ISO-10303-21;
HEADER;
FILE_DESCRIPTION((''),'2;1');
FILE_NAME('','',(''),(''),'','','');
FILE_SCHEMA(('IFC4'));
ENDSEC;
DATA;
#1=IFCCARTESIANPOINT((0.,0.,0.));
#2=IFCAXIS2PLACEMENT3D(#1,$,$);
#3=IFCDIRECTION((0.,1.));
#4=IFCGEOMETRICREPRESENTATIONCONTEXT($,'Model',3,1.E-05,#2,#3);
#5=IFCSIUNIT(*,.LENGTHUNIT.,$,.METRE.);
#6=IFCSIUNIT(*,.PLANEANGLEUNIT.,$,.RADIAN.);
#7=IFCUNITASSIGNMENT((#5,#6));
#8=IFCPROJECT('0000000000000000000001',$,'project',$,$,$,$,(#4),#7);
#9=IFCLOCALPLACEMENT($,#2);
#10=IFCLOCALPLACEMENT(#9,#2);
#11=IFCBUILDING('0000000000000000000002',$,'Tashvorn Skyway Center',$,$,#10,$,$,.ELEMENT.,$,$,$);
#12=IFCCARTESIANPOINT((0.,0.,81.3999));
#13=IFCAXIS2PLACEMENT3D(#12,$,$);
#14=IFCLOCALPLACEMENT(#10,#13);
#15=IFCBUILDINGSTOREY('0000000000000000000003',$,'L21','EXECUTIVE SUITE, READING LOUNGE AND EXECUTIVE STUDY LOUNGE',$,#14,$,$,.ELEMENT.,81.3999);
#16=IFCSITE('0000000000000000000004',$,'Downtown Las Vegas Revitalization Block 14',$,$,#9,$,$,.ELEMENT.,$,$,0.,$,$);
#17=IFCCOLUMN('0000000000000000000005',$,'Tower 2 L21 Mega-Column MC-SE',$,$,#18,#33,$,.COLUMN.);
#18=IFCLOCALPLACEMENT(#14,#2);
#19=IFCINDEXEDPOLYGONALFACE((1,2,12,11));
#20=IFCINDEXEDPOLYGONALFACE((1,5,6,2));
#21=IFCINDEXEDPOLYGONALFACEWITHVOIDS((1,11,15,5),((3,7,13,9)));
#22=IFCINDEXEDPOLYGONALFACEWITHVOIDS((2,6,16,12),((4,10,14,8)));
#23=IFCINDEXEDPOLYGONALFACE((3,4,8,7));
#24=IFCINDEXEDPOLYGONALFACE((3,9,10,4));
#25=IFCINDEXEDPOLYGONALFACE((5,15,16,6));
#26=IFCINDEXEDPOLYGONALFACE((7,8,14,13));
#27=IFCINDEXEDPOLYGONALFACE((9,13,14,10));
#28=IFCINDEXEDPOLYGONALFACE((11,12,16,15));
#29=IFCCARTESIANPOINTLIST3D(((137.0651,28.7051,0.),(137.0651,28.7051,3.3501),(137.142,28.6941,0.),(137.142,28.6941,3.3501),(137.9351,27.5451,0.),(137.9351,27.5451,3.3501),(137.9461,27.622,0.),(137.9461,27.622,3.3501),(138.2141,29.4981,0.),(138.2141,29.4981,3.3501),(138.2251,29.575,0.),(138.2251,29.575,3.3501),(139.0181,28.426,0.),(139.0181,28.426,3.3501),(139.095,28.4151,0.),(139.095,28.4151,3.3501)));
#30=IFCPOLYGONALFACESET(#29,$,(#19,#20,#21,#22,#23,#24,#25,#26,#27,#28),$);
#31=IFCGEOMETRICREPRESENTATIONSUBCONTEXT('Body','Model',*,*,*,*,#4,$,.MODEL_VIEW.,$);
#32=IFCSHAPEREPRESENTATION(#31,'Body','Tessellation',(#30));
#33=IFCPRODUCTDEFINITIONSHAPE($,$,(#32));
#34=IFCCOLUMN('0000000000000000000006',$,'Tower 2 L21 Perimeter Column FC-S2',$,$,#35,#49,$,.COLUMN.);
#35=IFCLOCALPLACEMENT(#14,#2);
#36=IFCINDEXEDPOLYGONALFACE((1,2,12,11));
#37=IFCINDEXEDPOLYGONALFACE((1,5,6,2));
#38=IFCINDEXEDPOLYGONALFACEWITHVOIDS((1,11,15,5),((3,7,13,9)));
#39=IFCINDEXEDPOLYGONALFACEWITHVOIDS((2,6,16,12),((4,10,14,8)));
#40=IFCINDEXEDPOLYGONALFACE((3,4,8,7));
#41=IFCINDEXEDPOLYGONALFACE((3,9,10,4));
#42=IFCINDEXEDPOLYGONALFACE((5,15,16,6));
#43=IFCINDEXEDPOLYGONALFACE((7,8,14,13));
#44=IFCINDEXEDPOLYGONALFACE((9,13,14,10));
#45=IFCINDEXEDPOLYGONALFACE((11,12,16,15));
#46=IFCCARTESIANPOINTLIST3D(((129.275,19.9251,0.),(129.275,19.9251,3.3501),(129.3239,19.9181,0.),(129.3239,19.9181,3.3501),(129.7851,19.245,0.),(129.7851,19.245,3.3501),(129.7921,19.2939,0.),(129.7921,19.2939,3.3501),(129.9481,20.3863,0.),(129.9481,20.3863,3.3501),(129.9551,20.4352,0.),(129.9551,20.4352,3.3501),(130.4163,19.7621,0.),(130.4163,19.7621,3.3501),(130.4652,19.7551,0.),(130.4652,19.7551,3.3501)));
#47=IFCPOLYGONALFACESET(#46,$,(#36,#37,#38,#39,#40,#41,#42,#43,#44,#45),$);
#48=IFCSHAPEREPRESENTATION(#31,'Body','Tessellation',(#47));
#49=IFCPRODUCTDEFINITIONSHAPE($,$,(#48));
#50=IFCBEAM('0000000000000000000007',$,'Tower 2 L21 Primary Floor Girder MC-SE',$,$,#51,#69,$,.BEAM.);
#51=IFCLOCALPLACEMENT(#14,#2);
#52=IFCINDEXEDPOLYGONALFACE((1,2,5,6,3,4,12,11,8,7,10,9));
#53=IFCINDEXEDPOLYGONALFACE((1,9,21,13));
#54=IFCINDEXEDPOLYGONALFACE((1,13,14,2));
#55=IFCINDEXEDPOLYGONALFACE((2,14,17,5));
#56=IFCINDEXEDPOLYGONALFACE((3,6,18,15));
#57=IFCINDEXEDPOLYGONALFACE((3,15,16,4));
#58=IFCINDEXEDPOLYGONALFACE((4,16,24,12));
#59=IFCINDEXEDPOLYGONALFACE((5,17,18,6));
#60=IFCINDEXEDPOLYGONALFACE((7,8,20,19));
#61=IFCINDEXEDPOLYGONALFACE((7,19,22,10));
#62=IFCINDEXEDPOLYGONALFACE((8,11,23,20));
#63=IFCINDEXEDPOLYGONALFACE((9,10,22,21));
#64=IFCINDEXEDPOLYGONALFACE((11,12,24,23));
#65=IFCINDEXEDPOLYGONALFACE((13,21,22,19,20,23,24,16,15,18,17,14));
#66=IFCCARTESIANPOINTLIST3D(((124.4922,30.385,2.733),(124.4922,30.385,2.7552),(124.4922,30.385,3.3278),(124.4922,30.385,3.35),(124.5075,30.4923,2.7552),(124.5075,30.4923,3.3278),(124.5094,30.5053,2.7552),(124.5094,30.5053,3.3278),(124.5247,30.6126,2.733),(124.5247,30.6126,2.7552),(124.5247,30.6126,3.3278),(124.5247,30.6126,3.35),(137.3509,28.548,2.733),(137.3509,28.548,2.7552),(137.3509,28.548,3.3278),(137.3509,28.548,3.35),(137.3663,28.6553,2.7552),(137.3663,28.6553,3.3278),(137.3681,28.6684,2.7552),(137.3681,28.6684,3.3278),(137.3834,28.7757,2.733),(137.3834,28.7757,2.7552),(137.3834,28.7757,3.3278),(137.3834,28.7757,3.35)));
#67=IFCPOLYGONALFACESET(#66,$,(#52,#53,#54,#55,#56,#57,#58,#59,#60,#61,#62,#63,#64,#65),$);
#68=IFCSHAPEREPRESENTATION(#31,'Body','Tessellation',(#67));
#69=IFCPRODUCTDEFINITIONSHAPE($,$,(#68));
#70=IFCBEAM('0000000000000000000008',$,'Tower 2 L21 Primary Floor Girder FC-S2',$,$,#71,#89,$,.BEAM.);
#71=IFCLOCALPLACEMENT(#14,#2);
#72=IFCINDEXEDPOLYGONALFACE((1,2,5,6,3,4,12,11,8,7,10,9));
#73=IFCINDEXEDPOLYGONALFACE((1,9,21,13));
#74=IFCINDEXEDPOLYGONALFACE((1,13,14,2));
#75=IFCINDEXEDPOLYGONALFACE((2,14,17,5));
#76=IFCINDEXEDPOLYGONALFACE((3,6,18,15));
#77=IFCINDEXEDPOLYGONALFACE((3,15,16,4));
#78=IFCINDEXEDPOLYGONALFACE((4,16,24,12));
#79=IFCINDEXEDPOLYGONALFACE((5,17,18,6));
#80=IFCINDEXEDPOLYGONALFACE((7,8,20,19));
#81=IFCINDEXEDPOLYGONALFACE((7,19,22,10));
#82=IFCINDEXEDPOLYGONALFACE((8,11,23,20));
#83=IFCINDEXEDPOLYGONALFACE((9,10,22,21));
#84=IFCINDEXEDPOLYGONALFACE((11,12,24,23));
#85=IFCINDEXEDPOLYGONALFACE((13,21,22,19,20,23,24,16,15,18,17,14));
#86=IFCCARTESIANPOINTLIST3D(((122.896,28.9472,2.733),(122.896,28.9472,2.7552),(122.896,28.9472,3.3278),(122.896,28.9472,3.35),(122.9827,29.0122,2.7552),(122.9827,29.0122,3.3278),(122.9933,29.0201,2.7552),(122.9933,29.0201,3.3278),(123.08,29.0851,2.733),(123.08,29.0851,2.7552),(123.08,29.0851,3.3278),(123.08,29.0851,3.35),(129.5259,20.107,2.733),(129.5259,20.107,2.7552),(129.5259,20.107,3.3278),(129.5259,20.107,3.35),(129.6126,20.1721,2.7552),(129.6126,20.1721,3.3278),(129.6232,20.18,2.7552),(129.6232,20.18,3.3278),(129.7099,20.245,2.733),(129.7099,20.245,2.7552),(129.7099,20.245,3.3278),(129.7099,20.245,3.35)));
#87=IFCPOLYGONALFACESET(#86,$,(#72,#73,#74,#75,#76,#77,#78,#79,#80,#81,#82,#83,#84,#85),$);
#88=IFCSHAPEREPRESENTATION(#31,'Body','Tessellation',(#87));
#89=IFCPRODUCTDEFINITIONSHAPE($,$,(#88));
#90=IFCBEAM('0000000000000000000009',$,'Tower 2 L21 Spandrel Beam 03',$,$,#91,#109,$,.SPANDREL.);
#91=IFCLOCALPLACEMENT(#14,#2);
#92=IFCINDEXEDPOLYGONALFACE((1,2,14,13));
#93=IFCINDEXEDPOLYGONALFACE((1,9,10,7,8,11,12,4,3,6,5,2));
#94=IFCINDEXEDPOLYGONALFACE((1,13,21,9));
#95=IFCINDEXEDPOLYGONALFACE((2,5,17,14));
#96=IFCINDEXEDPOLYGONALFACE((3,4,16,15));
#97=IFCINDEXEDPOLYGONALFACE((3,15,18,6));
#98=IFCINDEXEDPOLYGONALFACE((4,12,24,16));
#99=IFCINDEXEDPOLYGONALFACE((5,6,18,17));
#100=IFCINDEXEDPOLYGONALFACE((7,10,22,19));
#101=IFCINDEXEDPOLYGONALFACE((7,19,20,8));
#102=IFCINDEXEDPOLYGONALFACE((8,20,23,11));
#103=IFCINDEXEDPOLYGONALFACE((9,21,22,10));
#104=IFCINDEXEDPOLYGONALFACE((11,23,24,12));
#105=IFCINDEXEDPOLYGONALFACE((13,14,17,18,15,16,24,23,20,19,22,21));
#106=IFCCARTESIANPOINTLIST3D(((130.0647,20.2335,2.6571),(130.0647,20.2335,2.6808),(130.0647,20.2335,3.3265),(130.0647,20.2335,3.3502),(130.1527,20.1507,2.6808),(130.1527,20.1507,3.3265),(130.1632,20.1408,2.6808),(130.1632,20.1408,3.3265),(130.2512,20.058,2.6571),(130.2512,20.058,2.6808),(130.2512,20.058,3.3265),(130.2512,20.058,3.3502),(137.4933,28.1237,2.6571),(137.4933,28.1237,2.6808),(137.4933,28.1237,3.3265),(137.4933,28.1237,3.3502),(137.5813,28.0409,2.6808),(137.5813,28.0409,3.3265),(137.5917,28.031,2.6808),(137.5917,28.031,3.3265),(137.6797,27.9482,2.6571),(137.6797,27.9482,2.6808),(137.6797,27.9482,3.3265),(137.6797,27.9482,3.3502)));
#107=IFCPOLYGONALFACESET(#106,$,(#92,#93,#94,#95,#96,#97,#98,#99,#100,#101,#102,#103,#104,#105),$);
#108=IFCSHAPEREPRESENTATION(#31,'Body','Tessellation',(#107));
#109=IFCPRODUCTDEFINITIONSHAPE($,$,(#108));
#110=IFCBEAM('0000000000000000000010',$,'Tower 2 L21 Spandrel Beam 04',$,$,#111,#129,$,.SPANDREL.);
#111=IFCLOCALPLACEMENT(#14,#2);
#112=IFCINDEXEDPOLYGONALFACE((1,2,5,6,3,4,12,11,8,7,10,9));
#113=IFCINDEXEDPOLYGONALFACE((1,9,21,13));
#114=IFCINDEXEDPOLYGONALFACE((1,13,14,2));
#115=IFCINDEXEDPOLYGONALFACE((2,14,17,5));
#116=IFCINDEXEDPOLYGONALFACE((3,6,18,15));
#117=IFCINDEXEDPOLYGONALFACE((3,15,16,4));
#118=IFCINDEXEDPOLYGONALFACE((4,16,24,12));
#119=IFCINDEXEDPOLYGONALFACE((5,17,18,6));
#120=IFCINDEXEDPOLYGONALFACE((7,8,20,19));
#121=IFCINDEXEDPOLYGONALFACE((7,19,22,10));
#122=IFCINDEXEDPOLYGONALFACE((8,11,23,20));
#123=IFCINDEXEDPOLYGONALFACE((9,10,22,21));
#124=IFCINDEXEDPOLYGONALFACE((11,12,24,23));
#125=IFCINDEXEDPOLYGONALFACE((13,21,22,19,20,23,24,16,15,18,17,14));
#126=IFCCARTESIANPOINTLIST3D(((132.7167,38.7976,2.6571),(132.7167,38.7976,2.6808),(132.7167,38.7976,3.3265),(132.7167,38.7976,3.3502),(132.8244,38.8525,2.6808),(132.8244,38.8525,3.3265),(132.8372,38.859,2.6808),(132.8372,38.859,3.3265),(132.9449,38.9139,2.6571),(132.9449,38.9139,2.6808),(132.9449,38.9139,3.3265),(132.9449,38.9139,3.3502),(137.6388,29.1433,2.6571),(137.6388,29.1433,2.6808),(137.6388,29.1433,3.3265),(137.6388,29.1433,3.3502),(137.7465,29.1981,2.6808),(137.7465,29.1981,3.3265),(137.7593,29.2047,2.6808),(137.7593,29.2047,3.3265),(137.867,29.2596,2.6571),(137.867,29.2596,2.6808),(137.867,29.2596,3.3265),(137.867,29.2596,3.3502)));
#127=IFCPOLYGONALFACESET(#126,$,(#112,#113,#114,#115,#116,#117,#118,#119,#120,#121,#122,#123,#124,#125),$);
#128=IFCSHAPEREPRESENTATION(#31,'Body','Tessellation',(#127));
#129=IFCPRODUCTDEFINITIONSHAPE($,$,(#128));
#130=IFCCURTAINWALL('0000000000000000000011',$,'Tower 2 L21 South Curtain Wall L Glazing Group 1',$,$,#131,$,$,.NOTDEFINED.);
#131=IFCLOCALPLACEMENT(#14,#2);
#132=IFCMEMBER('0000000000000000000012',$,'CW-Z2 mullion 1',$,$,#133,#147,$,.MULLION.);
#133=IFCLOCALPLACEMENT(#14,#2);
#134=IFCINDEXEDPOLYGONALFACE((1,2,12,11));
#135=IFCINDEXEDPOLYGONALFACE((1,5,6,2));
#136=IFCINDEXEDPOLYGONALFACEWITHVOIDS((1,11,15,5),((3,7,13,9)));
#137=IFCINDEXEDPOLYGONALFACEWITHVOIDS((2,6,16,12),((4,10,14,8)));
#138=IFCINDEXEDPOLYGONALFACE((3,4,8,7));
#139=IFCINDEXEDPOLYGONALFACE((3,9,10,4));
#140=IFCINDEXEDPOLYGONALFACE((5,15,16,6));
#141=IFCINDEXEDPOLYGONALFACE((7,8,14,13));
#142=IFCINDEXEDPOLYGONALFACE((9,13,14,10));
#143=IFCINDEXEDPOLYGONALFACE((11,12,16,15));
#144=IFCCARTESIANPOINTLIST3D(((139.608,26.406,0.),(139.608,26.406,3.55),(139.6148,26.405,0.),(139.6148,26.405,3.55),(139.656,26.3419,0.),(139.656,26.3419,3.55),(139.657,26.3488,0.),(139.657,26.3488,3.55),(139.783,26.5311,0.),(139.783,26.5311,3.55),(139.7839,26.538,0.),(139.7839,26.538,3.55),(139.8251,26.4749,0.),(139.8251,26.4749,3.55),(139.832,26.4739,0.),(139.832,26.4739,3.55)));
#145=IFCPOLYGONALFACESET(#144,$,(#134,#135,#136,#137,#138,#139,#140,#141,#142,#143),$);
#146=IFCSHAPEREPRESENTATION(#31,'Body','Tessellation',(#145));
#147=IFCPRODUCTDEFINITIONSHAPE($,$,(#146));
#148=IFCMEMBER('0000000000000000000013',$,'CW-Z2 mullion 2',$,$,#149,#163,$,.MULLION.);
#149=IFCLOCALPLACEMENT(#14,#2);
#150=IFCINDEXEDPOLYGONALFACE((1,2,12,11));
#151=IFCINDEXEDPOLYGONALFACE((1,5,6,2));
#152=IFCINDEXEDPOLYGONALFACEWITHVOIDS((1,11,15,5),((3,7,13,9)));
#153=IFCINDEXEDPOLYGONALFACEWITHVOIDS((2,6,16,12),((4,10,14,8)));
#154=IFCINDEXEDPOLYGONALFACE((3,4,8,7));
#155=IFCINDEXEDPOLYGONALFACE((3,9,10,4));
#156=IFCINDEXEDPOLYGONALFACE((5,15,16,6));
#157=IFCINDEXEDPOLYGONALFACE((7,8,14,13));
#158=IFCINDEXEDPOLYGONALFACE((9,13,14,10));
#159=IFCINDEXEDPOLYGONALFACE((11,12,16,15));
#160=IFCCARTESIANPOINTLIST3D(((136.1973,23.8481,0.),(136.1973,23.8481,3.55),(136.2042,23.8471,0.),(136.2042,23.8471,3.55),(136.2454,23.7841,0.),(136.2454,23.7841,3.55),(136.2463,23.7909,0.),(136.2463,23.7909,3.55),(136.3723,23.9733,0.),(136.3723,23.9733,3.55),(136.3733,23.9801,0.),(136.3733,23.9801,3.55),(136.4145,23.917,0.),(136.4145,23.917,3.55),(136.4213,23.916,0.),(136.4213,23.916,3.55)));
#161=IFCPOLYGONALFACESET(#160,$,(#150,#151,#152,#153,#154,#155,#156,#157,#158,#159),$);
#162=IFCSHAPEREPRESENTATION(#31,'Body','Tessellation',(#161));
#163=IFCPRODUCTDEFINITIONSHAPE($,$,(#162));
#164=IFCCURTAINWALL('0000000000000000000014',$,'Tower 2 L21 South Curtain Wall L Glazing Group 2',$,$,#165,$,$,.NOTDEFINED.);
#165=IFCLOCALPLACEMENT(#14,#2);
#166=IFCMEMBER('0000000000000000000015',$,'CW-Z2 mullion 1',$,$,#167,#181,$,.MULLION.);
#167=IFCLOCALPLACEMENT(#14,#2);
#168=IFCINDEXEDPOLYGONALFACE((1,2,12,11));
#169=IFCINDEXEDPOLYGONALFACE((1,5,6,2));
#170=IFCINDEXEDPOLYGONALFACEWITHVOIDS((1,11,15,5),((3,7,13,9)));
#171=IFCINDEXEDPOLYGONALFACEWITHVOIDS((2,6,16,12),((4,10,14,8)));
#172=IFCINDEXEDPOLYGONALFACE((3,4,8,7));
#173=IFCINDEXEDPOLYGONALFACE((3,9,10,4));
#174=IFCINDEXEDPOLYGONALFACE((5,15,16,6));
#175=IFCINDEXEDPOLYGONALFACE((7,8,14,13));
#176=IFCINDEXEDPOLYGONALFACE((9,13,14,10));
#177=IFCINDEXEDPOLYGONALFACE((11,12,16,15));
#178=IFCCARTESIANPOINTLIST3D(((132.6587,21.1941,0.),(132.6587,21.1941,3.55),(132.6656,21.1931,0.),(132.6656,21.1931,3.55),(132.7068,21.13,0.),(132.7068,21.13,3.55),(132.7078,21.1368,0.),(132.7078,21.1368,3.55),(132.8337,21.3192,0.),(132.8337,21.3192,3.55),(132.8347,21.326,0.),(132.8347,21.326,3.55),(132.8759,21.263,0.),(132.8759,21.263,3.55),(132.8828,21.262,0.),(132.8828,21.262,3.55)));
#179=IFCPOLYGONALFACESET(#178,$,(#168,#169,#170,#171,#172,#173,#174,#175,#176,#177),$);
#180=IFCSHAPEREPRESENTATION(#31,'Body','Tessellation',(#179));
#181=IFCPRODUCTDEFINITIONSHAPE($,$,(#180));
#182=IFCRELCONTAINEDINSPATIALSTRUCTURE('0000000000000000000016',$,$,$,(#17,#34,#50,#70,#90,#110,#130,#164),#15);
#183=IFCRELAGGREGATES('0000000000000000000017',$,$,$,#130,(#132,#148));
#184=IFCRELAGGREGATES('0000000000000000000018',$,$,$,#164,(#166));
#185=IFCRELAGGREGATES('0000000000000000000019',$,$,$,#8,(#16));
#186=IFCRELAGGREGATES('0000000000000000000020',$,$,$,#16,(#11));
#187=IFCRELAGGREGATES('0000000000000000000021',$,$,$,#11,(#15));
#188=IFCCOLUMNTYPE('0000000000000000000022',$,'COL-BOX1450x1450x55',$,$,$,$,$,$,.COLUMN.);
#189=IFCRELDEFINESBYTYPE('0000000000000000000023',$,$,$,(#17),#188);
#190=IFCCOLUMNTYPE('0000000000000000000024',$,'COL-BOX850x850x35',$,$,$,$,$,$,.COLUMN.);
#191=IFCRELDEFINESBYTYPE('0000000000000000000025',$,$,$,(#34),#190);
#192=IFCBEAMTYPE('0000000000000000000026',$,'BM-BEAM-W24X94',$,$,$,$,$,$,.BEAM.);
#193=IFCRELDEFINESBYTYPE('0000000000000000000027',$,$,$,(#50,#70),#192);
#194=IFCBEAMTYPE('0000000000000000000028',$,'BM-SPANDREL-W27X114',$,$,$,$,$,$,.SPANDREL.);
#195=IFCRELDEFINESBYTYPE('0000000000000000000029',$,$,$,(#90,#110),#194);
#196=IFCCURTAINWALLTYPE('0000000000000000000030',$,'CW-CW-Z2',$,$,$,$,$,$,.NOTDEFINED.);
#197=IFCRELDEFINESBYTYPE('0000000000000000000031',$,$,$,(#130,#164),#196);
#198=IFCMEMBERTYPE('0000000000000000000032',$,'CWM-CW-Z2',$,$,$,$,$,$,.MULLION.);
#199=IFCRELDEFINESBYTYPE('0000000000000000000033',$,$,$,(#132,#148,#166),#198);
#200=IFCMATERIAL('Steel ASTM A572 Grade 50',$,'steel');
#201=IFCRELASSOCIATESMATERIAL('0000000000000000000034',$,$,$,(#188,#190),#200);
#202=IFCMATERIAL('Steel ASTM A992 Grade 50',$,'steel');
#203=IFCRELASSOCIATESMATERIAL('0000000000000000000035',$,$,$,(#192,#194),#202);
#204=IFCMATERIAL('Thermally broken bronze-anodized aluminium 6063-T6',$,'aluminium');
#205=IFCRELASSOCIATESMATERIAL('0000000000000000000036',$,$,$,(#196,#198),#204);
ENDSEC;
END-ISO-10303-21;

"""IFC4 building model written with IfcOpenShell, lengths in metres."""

from ifc_helpers import new_model, si_unit, direction, frame, origin, origin_2d, place, context, subcontext, project, spatial, hollow_rectangle, i_section, extrude, material, material_profile, profile_set, type_object, element, aggregate, save


model = new_model("IFC4")

# Units and contexts
model_context = context("Model", 3, precision=1e-05, world=origin(), true_north=direction((0.0, 1.0)))
body_context = subcontext(model_context, "Body", "Model", "MODEL_VIEW")
ifc_project = project(units=[si_unit("LENGTHUNIT", "METRE"), si_unit("PLANEANGLEUNIT", "RADIAN")], contexts=[model_context])

# Site, building, storey
site_placement = place(None, origin())
site = spatial("IfcSite", under=ifc_project, at=site_placement, Name="Downtown Las Vegas Revitalization Block 14", CompositionType="ELEMENT", RefElevation=0.0)
building_placement = place(site_placement, origin())
building = spatial("IfcBuilding", under=site, at=building_placement, Name="Tashvorn Skyway Center", CompositionType="ELEMENT")
storey_placement = place(building_placement, frame((0.0, 0.0, 81.3999)))
storey = spatial("IfcBuildingStorey", under=building, at=storey_placement, Name="L21", Description="EXECUTIVE SUITE, READING LOUNGE AND EXECUTIVE STUDY LOUNGE", CompositionType="ELEMENT", Elevation=81.3999)

# Columns
ifc_material_1 = material(Name="Steel ASTM A572 Grade 50", Category="steel")
ifc_material_profile_1 = material_profile(ifc_material_1, hollow_rectangle(XDim=1.45, YDim=1.45, WallThickness=0.0549, at=origin_2d()), Name="BOX1450x1450x55")
ifc_profile_set_1 = profile_set([ifc_material_profile_1], Name="Steel ASTM A572 Grade 50")
column_type_1 = type_object("IfcColumnType", Name="COL-BOX1450x1450x55", PredefinedType="COLUMN", material=ifc_profile_set_1)
column_1_placement = place(storey_placement, frame((138.0801, 28.5601, 0.0), z_axis=(0.0, 0.0, 1.0), x_axis=(0.8, 0.6, 0.0)))
element("IfcColumn", 1, at=column_1_placement, inside=storey, type_object=column_type_1, Name="Tower 2 L21 Mega-Column MC-SE", PredefinedType="COLUMN", context=body_context, shape_type="SweptSolid", body=[
    extrude(hollow_rectangle(XDim=1.45, YDim=1.45, WallThickness=0.0549, at=origin_2d()), origin(), (0.0, 0.0, 1.0), 3.3501),
])
ifc_material_profile_2 = material_profile(ifc_material_1, hollow_rectangle(XDim=0.8501, YDim=0.8501, WallThickness=0.0349, at=origin_2d()), Name="BOX850x850x35")
ifc_profile_set_2 = profile_set([ifc_material_profile_2], Name="Steel ASTM A572 Grade 50")
column_type_2 = type_object("IfcColumnType", Name="COL-BOX850x850x35", PredefinedType="COLUMN", material=ifc_profile_set_2)
column_2_placement = place(storey_placement, frame((129.8701, 19.8401, 0.0), z_axis=(0.0, 0.0, 1.0), x_axis=(0.8, 0.6, 0.0)))
element("IfcColumn", 2, at=column_2_placement, inside=storey, type_object=column_type_2, Name="Tower 2 L21 Perimeter Column FC-S2", PredefinedType="COLUMN", context=body_context, shape_type="SweptSolid", body=[
    extrude(hollow_rectangle(XDim=0.8501, YDim=0.8501, WallThickness=0.0349, at=origin_2d()), origin(), (0.0, 0.0, 1.0), 3.3501),
])

# Beams
ifc_material_2 = material(Name="Steel ASTM A992 Grade 50", Category="steel")
ifc_material_profile_3 = material_profile(ifc_material_2, i_section(OverallWidth=0.23, OverallDepth=0.6169, WebThickness=0.0132, FlangeThickness=0.0222, at=origin_2d()), Name="W24X94")
ifc_profile_set_3 = profile_set([ifc_material_profile_3], Name="Steel ASTM A992 Grade 50")
beam_type_1 = type_object("IfcBeamType", Name="BM-BEAM-W24X94", PredefinedType="BEAM", material=ifc_profile_set_3)
beam_1_placement = place(storey_placement, frame((137.3672, 28.6619, 3.0415), z_axis=(-0.98995, 0.141419, 0.0), x_axis=(-0.141419, -0.98995, 0.0)))
element("IfcBeam", 3, at=beam_1_placement, inside=storey, type_object=beam_type_1, Name="Tower 2 L21 Primary Floor Girder MC-SE", PredefinedType="BEAM", context=body_context, shape_type="SweptSolid", body=[
    extrude(i_section(OverallWidth=0.23, OverallDepth=0.6169, WebThickness=0.0132, FlangeThickness=0.0222, at=origin_2d()), origin(), (0.0, 0.0, 1.0), 12.9893),
])
beam_2_placement = place(storey_placement, frame((129.6179, 20.176, 3.0415), z_axis=(-0.599989, 0.800008, 0.0), x_axis=(-0.800008, -0.599989, 0.0)))
element("IfcBeam", 4, at=beam_2_placement, inside=storey, type_object=beam_type_1, Name="Tower 2 L21 Primary Floor Girder FC-S2", PredefinedType="BEAM", context=body_context, shape_type="SweptSolid", body=[
    extrude(i_section(OverallWidth=0.23, OverallDepth=0.6169, WebThickness=0.0132, FlangeThickness=0.0222, at=origin_2d()), origin(), (0.0, 0.0, 1.0), 11.05),
])
ifc_material_profile_4 = material_profile(ifc_material_2, i_section(OverallWidth=0.2561, OverallDepth=0.6931, WebThickness=0.0144, FlangeThickness=0.0237, at=origin_2d()), Name="W27X114")
ifc_profile_set_4 = profile_set([ifc_material_profile_4], Name="Steel ASTM A992 Grade 50")
beam_type_2 = type_object("IfcBeamType", Name="BM-SPANDREL-W27X114", PredefinedType="SPANDREL", material=ifc_profile_set_4)
beam_3_placement = place(storey_placement, frame((130.158, 20.1458, 3.0037), z_axis=(0.685485, 0.728087, 0.0), x_axis=(-0.728087, 0.685485, 0.0)))
element("IfcBeam", 5, at=beam_3_placement, inside=storey, type_object=beam_type_2, Name="Tower 2 L21 Spandrel Beam 03", PredefinedType="SPANDREL", context=body_context, shape_type="SweptSolid", body=[
    extrude(i_section(OverallWidth=0.2561, OverallDepth=0.6931, WebThickness=0.0144, FlangeThickness=0.0237, at=origin_2d()), origin(), (0.0, 0.0, 1.0), 10.8369),
])
beam_4_placement = place(storey_placement, frame((137.7529, 29.2014, 3.0037), z_axis=(-0.454211, 0.890894, 0.0), x_axis=(-0.890894, -0.454211, 0.0)))
element("IfcBeam", 6, at=beam_4_placement, inside=storey, type_object=beam_type_2, Name="Tower 2 L21 Spandrel Beam 04", PredefinedType="SPANDREL", context=body_context, shape_type="SweptSolid", body=[
    extrude(i_section(OverallWidth=0.2561, OverallDepth=0.6931, WebThickness=0.0144, FlangeThickness=0.0237, at=origin_2d()), origin(), (0.0, 0.0, 1.0), 10.8367),
])

# Curtain walls, members
ifc_material_3 = material(Name="Thermally broken bronze-anodized aluminium 6063-T6", Category="aluminium")
curtain_wall_type = type_object("IfcCurtainWallType", Name="CW-CW-Z2", PredefinedType="NOTDEFINED", material=ifc_material_3)
curtain_wall_1_placement = place(storey_placement, origin())
curtain_wall_1 = element("IfcCurtainWall", 7, at=curtain_wall_1_placement, inside=storey, type_object=curtain_wall_type, Name="Tower 2 L21 South Curtain Wall L Glazing Group 1", PredefinedType="NOTDEFINED")
ifc_material_profile_5 = material_profile(ifc_material_3, hollow_rectangle(XDim=0.0801, YDim=0.22, WallThickness=0.0049, at=origin_2d()), Name="ALU-MULL-80x220")
ifc_profile_set_5 = profile_set([ifc_material_profile_5], Name="Thermally broken bronze-anodized aluminium 6063-T6")
member_type_1 = type_object("IfcMemberType", Name="CWM-CW-Z2", PredefinedType="MULLION", material=ifc_profile_set_5)
member_1_placement = place(storey_placement, frame((139.72, 26.4399, 0.0), z_axis=(0.0, 0.0, 1.0), x_axis=(0.599996, -0.800003, 0.0)))
member_1 = element("IfcMember", 8, at=member_1_placement, type_object=member_type_1, Name="CW-Z2 mullion 1", PredefinedType="MULLION", context=body_context, shape_type="SweptSolid", body=[
    extrude(hollow_rectangle(XDim=0.0801, YDim=0.22, WallThickness=0.0049, at=origin_2d()), origin(), (0.0, 0.0, 1.0), 3.55),
])
member_2_placement = place(storey_placement, frame((136.3093, 23.8821, 0.0), z_axis=(0.0, 0.0, 1.0), x_axis=(0.599996, -0.800003, 0.0)))
member_2 = element("IfcMember", 9, at=member_2_placement, type_object=member_type_1, Name="CW-Z2 mullion 2", PredefinedType="MULLION", context=body_context, shape_type="SweptSolid", body=[
    extrude(hollow_rectangle(XDim=0.0801, YDim=0.22, WallThickness=0.0049, at=origin_2d()), origin(), (0.0, 0.0, 1.0), 3.55),
])
curtain_wall_2_placement = place(storey_placement, origin())
curtain_wall_2 = element("IfcCurtainWall", 10, at=curtain_wall_2_placement, inside=storey, type_object=curtain_wall_type, Name="Tower 2 L21 South Curtain Wall L Glazing Group 2", PredefinedType="NOTDEFINED")
member_3_placement = place(storey_placement, frame((132.7708, 21.228, 0.0), z_axis=(0.0, 0.0, 1.0), x_axis=(0.599996, -0.800003, 0.0)))
member_3 = element("IfcMember", 11, at=member_3_placement, type_object=member_type_1, Name="CW-Z2 mullion 1", PredefinedType="MULLION", context=body_context, shape_type="SweptSolid", body=[
    extrude(hollow_rectangle(XDim=0.0801, YDim=0.22, WallThickness=0.0049, at=origin_2d()), origin(), (0.0, 0.0, 1.0), 3.55),
])

aggregate(curtain_wall_1, [member_1, member_2])
aggregate(curtain_wall_2, [member_3])

save(model, "model.ifc")
